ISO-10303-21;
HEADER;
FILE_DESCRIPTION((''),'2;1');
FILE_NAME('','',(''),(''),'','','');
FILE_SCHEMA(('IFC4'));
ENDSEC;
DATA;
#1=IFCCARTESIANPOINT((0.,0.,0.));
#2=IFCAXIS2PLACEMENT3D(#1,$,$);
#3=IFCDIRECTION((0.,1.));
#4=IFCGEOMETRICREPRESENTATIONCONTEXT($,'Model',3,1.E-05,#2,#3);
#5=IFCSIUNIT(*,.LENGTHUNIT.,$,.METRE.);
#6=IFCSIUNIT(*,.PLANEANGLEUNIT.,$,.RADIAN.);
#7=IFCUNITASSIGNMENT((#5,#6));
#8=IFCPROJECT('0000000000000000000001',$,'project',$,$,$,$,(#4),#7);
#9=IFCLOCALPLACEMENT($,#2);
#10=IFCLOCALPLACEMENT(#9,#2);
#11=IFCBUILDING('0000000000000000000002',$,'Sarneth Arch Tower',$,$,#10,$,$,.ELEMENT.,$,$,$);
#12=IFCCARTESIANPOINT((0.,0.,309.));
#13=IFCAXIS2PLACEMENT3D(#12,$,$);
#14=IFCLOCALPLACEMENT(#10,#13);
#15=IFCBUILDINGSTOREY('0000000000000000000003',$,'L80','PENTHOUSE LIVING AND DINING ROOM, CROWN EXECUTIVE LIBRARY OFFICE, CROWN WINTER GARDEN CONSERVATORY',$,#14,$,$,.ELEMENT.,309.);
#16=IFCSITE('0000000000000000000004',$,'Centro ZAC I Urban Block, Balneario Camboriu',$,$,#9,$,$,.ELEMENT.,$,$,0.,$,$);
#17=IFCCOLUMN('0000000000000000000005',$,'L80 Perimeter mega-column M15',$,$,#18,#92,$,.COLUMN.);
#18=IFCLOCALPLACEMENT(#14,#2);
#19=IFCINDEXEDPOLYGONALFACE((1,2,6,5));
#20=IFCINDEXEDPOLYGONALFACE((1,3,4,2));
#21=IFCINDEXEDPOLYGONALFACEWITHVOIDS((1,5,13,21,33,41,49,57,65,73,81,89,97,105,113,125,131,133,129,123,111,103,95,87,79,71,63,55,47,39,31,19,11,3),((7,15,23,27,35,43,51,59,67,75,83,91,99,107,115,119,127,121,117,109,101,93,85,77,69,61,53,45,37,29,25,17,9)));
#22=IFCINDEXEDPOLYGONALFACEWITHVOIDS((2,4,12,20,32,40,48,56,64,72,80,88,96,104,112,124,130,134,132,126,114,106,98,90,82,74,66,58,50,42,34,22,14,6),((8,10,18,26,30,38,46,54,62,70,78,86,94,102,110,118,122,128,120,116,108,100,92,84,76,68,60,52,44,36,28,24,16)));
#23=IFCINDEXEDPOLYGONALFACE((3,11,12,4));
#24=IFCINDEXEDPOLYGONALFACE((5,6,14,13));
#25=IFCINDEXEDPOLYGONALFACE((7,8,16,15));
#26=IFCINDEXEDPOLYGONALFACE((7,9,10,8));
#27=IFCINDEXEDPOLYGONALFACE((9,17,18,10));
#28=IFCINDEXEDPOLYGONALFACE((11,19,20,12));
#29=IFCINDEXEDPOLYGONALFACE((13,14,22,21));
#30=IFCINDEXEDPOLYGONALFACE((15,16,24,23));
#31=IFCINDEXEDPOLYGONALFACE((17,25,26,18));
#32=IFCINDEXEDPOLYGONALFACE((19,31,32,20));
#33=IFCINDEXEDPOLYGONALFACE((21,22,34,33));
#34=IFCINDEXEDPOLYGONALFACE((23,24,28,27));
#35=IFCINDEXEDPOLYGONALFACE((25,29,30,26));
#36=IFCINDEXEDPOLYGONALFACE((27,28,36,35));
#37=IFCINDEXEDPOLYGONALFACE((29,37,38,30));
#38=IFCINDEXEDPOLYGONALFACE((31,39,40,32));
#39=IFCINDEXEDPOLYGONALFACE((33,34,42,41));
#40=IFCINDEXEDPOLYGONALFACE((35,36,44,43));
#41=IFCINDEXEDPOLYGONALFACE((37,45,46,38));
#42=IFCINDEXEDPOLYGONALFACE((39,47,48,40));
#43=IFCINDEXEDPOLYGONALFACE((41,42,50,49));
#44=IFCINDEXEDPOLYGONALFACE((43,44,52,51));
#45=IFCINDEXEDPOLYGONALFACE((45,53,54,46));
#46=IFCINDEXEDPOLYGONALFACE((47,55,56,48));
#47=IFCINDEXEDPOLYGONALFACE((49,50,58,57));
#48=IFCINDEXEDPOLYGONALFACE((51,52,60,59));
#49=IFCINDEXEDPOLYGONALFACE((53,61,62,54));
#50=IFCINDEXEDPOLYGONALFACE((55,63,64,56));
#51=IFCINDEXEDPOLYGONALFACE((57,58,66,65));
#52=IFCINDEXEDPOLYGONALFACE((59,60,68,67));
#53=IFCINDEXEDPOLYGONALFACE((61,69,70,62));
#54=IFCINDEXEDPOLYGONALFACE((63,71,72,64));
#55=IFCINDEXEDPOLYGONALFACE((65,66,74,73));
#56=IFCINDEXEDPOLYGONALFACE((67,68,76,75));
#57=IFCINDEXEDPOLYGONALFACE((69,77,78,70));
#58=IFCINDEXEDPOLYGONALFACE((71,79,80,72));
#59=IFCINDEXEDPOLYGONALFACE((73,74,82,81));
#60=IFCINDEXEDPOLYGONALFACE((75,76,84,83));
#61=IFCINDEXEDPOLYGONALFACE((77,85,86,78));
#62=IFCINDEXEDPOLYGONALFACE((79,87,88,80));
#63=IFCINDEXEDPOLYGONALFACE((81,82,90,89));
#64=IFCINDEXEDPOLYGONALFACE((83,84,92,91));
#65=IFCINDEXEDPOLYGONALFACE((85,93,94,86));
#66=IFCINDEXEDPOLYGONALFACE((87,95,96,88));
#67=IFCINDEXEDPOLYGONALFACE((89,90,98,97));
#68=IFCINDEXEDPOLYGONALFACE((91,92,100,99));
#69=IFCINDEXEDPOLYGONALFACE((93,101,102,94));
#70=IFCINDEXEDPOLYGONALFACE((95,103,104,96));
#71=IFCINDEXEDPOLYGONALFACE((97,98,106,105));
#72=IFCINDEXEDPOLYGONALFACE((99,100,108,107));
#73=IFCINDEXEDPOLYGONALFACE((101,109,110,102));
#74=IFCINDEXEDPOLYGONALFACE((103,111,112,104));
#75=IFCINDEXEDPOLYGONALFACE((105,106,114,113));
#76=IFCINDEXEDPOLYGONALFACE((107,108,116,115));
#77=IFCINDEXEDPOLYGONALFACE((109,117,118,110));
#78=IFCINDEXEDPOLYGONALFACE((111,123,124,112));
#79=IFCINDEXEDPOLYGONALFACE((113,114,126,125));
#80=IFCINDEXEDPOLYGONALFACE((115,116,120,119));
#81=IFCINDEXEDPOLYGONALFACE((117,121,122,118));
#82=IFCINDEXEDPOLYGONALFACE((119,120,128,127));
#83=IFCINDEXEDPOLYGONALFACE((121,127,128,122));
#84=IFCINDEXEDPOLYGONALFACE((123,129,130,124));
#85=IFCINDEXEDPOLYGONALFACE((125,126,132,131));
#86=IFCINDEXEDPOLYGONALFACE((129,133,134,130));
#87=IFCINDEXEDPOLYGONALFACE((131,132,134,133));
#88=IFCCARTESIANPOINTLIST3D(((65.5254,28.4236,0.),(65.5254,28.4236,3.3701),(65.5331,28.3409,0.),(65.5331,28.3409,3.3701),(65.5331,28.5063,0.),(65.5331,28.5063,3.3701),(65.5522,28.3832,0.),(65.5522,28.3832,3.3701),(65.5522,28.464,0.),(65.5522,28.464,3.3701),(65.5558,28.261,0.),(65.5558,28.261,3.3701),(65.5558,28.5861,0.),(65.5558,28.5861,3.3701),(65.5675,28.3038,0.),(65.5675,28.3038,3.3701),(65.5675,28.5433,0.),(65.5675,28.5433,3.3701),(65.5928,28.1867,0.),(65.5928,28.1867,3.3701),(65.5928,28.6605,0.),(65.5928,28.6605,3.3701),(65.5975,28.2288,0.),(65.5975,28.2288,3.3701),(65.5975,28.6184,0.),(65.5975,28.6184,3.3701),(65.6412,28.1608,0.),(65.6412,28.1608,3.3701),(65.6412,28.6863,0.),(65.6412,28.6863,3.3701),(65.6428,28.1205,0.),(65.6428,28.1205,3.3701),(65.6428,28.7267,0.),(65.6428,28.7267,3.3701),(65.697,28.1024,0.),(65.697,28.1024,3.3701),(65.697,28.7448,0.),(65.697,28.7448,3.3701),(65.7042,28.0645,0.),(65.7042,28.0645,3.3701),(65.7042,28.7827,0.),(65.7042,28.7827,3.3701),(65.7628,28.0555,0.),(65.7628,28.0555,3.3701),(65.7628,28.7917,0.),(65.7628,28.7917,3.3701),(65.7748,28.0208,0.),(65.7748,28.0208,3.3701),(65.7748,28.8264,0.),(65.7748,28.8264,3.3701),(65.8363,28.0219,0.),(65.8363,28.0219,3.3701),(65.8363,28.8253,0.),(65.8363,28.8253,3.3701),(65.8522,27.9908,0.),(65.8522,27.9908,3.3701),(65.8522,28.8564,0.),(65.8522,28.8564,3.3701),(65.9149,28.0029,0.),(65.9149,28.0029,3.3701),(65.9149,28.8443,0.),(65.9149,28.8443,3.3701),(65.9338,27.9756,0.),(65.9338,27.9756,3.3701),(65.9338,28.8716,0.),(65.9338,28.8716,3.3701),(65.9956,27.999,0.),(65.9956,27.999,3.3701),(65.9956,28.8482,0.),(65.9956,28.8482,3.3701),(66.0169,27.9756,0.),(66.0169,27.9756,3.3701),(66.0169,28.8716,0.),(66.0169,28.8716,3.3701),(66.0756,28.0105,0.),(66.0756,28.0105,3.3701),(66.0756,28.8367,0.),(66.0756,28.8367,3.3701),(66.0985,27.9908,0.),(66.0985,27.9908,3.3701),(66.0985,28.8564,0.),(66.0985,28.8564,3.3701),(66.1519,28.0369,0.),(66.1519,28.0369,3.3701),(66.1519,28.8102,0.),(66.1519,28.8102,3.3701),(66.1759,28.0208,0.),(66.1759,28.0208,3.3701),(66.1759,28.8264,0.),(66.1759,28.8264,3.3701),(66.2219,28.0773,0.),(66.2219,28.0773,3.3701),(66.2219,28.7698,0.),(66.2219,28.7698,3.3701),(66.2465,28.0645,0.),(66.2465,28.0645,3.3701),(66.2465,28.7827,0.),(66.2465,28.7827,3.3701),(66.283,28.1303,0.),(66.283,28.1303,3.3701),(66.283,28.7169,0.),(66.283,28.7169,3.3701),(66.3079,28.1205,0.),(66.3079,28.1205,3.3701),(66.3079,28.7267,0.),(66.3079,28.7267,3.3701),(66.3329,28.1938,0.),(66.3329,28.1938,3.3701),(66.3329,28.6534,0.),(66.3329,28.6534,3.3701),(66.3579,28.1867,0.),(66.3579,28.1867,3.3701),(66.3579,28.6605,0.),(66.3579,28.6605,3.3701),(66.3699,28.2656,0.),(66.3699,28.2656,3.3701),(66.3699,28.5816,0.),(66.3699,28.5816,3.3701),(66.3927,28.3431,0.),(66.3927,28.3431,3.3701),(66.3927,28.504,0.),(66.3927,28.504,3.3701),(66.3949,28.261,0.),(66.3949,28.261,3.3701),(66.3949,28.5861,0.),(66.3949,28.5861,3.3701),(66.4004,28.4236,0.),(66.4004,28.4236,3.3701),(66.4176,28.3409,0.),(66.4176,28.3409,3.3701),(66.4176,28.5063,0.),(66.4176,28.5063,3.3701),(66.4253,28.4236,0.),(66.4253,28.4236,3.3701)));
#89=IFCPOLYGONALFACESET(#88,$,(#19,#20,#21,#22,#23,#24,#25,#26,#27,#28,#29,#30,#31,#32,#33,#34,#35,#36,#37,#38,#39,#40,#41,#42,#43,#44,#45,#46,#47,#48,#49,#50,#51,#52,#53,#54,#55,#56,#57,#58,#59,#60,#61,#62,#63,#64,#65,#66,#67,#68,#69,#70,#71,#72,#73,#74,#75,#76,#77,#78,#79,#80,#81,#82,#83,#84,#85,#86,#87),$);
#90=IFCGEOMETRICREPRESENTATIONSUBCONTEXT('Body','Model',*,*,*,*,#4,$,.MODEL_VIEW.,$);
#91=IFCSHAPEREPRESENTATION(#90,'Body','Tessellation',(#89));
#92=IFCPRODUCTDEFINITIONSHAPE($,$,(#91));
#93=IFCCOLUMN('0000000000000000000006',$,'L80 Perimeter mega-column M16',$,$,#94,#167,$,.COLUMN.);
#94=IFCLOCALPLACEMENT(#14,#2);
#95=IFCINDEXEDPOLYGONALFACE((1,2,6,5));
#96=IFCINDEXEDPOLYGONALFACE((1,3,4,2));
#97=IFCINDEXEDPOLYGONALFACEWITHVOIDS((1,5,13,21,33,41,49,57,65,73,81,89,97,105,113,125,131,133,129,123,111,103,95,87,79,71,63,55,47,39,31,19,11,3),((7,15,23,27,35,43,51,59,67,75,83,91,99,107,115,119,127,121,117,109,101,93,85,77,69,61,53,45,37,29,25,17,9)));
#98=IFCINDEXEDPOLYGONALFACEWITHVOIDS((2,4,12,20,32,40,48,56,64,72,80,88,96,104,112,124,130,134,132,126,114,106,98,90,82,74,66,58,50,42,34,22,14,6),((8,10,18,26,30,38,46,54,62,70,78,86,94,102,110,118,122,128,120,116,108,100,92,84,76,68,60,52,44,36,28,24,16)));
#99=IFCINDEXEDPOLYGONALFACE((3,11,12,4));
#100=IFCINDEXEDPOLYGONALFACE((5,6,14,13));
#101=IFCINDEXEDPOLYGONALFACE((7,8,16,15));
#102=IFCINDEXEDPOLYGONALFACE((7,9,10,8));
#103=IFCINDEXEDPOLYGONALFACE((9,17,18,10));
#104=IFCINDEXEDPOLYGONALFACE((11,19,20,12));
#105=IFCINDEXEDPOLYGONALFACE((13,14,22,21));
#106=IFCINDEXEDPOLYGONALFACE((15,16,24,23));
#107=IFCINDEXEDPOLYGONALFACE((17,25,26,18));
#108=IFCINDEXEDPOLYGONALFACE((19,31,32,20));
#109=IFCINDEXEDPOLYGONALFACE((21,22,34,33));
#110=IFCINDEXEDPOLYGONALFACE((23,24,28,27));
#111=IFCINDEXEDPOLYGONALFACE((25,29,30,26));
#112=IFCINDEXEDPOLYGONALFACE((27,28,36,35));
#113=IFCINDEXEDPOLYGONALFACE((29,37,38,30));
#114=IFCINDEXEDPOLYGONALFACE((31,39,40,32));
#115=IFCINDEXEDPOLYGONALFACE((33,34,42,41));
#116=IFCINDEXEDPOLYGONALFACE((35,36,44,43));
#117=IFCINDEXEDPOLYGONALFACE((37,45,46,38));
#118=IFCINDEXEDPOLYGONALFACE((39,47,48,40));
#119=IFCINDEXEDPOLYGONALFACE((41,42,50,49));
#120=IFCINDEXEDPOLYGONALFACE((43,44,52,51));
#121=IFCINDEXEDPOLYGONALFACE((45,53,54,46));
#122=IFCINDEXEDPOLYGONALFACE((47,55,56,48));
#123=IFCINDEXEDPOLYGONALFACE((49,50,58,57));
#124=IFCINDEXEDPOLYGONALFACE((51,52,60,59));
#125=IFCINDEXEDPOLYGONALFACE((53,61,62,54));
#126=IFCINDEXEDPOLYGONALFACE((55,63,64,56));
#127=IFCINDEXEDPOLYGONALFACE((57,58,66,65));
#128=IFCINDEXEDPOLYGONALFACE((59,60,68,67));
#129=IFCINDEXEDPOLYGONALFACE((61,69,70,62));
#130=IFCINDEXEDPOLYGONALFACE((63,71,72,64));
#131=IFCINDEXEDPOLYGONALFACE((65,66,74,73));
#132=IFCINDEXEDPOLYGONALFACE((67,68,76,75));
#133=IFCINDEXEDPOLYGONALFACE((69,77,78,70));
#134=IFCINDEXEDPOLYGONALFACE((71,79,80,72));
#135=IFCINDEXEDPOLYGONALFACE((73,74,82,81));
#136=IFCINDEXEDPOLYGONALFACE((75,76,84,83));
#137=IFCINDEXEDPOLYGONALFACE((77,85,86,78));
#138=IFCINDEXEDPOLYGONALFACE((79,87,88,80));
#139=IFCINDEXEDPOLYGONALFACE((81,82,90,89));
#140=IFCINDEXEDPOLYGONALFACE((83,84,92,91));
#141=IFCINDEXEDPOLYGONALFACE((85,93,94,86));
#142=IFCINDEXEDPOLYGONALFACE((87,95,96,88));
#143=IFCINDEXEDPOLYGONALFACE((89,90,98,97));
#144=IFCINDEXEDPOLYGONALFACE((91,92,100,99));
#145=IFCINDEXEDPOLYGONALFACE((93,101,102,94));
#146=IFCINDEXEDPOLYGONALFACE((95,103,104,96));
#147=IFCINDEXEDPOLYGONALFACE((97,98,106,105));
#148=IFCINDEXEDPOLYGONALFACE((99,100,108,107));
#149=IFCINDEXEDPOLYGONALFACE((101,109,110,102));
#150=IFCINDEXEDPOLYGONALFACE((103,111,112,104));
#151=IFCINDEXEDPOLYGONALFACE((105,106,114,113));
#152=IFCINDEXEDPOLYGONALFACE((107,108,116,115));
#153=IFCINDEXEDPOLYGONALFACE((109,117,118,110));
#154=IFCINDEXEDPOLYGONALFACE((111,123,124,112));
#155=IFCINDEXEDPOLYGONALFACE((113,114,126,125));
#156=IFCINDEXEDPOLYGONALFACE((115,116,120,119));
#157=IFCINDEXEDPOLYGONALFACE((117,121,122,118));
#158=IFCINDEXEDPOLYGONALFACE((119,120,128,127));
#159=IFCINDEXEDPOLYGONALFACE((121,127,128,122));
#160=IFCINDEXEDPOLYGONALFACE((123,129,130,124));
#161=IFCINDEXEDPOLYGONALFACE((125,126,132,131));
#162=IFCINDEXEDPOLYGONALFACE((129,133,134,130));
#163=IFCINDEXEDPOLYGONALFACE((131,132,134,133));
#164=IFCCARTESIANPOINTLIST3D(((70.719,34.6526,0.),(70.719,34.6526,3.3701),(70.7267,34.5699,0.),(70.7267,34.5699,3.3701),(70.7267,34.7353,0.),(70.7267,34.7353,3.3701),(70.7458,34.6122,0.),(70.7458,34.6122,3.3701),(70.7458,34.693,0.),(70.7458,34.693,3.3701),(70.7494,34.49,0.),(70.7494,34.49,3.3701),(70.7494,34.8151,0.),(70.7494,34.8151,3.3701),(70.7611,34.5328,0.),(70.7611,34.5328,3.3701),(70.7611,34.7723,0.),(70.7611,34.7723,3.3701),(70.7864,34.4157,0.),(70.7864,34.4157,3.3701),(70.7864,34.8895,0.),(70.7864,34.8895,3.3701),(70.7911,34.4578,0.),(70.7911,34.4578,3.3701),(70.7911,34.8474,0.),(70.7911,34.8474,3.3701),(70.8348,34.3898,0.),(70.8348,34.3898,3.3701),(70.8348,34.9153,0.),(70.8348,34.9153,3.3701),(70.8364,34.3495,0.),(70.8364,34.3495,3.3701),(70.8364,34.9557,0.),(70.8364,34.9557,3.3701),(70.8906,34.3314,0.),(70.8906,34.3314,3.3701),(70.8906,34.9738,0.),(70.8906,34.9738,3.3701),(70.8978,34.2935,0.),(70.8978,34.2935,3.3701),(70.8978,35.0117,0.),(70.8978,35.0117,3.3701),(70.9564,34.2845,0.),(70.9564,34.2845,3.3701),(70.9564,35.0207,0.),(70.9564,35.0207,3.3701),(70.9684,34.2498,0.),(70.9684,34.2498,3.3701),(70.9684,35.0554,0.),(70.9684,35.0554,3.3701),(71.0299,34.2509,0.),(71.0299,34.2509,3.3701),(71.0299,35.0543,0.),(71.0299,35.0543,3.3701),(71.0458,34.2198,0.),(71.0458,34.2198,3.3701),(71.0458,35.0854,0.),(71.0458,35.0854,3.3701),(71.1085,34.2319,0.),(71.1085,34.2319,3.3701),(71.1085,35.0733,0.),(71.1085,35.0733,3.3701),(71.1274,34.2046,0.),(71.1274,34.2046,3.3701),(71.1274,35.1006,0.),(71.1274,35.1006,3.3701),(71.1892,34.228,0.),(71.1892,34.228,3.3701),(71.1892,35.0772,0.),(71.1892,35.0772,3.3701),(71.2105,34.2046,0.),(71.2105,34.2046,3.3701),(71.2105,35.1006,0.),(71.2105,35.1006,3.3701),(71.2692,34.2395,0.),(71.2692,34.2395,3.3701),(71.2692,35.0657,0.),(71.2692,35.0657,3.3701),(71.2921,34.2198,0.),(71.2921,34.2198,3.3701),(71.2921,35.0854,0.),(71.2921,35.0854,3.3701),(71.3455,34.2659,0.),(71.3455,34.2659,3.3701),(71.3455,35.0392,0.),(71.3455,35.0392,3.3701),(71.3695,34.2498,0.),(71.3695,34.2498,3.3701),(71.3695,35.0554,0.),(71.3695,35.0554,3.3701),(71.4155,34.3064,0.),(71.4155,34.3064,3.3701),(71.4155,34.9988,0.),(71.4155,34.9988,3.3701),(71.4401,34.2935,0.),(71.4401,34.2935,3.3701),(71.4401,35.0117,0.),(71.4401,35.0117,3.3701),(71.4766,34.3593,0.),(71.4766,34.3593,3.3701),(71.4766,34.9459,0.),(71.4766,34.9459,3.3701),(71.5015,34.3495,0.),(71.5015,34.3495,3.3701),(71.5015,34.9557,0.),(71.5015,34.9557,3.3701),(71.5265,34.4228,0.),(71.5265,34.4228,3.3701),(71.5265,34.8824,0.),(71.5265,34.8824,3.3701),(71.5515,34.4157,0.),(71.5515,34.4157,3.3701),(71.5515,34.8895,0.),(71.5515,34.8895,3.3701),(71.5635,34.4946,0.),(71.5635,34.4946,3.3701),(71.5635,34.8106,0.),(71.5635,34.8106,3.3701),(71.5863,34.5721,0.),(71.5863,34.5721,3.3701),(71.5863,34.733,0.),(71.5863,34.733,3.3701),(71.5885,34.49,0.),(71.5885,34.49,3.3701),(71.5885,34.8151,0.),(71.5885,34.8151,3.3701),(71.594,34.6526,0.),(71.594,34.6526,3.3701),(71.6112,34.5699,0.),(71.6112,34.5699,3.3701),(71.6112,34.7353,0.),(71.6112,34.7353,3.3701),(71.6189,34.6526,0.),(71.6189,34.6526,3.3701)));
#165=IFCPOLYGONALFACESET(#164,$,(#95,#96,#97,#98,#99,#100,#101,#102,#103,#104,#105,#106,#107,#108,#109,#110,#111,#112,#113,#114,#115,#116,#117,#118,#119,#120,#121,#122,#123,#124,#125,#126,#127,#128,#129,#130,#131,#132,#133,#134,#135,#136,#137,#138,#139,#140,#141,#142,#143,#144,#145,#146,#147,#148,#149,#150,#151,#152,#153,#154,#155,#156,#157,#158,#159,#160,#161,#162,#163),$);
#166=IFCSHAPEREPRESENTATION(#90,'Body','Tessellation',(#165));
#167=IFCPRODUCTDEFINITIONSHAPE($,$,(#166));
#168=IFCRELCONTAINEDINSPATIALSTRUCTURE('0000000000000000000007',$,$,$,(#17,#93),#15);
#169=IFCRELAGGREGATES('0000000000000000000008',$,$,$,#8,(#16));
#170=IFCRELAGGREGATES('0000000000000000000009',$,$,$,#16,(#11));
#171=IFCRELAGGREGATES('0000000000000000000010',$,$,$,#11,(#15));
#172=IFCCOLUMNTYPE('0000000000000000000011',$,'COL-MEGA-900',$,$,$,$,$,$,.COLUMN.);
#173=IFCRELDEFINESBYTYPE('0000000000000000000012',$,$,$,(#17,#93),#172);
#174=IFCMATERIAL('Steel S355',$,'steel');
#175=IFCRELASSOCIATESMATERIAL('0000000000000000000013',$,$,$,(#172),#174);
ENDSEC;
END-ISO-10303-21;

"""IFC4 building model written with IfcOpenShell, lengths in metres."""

from ifc_helpers import new_model, si_unit, direction, frame, origin, origin_2d, place, context, subcontext, project, spatial, hollow_circle, extrude, material, material_profile, profile_set, type_object, element, save


model = new_model("IFC4")

# Units and contexts
model_context = context("Model", 3, precision=1e-05, world=origin(), true_north=direction((0.0, 1.0)))
body_context = subcontext(model_context, "Body", "Model", "MODEL_VIEW")
ifc_project = project(units=[si_unit("LENGTHUNIT", "METRE"), si_unit("PLANEANGLEUNIT", "RADIAN")], contexts=[model_context])

# Site, building, storey
site_placement = place(None, origin())
site = spatial("IfcSite", under=ifc_project, at=site_placement, Name="Centro ZAC I Urban Block, Balneario Camboriu", CompositionType="ELEMENT", RefElevation=0.0)
building_placement = place(site_placement, origin())
building = spatial("IfcBuilding", under=site, at=building_placement, Name="Sarneth Arch Tower", CompositionType="ELEMENT")
storey_placement = place(building_placement, frame((0.0, 0.0, 309.0)))
storey = spatial("IfcBuildingStorey", under=building, at=storey_placement, Name="L80", Description="PENTHOUSE LIVING AND DINING ROOM, CROWN EXECUTIVE LIBRARY OFFICE, CROWN WINTER GARDEN CONSERVATORY", CompositionType="ELEMENT", Elevation=309.0)

# Columns
ifc_material_1 = material(Name="Steel S355", Category="steel")
ifc_material_profile_1 = material_profile(ifc_material_1, hollow_circle(Radius=0.45, WallThickness=0.0249, at=origin_2d()), Name="CHS900x25")
ifc_profile_set_1 = profile_set([ifc_material_profile_1], Name="Steel S355")
column_type = type_object("IfcColumnType", Name="COL-MEGA-900", PredefinedType="COLUMN", material=ifc_profile_set_1)
for number, where, z_axis, x_axis, name in (
    (1, (65.9753, 28.4236, 0.0), (0.0, 0.0, 1.0), (1.0, 0.0, 0.0), "L80 Perimeter mega-column M15"),
    (2, (71.1689, 34.6526, 0.0), (0.0, 0.0, 1.0), (1.0, 0.0, 0.0), "L80 Perimeter mega-column M16"),
):
    element("IfcColumn", number, at=place(storey_placement, frame(where, z_axis=z_axis, x_axis=x_axis)), inside=storey, type_object=column_type, Name=name, PredefinedType="COLUMN", context=body_context, shape_type="SweptSolid", body=[
        extrude(hollow_circle(Radius=0.45, WallThickness=0.0249, at=origin_2d()), origin(), (0.0, 0.0, 1.0), 3.3701),
    ])

save(model, "model.ifc")
